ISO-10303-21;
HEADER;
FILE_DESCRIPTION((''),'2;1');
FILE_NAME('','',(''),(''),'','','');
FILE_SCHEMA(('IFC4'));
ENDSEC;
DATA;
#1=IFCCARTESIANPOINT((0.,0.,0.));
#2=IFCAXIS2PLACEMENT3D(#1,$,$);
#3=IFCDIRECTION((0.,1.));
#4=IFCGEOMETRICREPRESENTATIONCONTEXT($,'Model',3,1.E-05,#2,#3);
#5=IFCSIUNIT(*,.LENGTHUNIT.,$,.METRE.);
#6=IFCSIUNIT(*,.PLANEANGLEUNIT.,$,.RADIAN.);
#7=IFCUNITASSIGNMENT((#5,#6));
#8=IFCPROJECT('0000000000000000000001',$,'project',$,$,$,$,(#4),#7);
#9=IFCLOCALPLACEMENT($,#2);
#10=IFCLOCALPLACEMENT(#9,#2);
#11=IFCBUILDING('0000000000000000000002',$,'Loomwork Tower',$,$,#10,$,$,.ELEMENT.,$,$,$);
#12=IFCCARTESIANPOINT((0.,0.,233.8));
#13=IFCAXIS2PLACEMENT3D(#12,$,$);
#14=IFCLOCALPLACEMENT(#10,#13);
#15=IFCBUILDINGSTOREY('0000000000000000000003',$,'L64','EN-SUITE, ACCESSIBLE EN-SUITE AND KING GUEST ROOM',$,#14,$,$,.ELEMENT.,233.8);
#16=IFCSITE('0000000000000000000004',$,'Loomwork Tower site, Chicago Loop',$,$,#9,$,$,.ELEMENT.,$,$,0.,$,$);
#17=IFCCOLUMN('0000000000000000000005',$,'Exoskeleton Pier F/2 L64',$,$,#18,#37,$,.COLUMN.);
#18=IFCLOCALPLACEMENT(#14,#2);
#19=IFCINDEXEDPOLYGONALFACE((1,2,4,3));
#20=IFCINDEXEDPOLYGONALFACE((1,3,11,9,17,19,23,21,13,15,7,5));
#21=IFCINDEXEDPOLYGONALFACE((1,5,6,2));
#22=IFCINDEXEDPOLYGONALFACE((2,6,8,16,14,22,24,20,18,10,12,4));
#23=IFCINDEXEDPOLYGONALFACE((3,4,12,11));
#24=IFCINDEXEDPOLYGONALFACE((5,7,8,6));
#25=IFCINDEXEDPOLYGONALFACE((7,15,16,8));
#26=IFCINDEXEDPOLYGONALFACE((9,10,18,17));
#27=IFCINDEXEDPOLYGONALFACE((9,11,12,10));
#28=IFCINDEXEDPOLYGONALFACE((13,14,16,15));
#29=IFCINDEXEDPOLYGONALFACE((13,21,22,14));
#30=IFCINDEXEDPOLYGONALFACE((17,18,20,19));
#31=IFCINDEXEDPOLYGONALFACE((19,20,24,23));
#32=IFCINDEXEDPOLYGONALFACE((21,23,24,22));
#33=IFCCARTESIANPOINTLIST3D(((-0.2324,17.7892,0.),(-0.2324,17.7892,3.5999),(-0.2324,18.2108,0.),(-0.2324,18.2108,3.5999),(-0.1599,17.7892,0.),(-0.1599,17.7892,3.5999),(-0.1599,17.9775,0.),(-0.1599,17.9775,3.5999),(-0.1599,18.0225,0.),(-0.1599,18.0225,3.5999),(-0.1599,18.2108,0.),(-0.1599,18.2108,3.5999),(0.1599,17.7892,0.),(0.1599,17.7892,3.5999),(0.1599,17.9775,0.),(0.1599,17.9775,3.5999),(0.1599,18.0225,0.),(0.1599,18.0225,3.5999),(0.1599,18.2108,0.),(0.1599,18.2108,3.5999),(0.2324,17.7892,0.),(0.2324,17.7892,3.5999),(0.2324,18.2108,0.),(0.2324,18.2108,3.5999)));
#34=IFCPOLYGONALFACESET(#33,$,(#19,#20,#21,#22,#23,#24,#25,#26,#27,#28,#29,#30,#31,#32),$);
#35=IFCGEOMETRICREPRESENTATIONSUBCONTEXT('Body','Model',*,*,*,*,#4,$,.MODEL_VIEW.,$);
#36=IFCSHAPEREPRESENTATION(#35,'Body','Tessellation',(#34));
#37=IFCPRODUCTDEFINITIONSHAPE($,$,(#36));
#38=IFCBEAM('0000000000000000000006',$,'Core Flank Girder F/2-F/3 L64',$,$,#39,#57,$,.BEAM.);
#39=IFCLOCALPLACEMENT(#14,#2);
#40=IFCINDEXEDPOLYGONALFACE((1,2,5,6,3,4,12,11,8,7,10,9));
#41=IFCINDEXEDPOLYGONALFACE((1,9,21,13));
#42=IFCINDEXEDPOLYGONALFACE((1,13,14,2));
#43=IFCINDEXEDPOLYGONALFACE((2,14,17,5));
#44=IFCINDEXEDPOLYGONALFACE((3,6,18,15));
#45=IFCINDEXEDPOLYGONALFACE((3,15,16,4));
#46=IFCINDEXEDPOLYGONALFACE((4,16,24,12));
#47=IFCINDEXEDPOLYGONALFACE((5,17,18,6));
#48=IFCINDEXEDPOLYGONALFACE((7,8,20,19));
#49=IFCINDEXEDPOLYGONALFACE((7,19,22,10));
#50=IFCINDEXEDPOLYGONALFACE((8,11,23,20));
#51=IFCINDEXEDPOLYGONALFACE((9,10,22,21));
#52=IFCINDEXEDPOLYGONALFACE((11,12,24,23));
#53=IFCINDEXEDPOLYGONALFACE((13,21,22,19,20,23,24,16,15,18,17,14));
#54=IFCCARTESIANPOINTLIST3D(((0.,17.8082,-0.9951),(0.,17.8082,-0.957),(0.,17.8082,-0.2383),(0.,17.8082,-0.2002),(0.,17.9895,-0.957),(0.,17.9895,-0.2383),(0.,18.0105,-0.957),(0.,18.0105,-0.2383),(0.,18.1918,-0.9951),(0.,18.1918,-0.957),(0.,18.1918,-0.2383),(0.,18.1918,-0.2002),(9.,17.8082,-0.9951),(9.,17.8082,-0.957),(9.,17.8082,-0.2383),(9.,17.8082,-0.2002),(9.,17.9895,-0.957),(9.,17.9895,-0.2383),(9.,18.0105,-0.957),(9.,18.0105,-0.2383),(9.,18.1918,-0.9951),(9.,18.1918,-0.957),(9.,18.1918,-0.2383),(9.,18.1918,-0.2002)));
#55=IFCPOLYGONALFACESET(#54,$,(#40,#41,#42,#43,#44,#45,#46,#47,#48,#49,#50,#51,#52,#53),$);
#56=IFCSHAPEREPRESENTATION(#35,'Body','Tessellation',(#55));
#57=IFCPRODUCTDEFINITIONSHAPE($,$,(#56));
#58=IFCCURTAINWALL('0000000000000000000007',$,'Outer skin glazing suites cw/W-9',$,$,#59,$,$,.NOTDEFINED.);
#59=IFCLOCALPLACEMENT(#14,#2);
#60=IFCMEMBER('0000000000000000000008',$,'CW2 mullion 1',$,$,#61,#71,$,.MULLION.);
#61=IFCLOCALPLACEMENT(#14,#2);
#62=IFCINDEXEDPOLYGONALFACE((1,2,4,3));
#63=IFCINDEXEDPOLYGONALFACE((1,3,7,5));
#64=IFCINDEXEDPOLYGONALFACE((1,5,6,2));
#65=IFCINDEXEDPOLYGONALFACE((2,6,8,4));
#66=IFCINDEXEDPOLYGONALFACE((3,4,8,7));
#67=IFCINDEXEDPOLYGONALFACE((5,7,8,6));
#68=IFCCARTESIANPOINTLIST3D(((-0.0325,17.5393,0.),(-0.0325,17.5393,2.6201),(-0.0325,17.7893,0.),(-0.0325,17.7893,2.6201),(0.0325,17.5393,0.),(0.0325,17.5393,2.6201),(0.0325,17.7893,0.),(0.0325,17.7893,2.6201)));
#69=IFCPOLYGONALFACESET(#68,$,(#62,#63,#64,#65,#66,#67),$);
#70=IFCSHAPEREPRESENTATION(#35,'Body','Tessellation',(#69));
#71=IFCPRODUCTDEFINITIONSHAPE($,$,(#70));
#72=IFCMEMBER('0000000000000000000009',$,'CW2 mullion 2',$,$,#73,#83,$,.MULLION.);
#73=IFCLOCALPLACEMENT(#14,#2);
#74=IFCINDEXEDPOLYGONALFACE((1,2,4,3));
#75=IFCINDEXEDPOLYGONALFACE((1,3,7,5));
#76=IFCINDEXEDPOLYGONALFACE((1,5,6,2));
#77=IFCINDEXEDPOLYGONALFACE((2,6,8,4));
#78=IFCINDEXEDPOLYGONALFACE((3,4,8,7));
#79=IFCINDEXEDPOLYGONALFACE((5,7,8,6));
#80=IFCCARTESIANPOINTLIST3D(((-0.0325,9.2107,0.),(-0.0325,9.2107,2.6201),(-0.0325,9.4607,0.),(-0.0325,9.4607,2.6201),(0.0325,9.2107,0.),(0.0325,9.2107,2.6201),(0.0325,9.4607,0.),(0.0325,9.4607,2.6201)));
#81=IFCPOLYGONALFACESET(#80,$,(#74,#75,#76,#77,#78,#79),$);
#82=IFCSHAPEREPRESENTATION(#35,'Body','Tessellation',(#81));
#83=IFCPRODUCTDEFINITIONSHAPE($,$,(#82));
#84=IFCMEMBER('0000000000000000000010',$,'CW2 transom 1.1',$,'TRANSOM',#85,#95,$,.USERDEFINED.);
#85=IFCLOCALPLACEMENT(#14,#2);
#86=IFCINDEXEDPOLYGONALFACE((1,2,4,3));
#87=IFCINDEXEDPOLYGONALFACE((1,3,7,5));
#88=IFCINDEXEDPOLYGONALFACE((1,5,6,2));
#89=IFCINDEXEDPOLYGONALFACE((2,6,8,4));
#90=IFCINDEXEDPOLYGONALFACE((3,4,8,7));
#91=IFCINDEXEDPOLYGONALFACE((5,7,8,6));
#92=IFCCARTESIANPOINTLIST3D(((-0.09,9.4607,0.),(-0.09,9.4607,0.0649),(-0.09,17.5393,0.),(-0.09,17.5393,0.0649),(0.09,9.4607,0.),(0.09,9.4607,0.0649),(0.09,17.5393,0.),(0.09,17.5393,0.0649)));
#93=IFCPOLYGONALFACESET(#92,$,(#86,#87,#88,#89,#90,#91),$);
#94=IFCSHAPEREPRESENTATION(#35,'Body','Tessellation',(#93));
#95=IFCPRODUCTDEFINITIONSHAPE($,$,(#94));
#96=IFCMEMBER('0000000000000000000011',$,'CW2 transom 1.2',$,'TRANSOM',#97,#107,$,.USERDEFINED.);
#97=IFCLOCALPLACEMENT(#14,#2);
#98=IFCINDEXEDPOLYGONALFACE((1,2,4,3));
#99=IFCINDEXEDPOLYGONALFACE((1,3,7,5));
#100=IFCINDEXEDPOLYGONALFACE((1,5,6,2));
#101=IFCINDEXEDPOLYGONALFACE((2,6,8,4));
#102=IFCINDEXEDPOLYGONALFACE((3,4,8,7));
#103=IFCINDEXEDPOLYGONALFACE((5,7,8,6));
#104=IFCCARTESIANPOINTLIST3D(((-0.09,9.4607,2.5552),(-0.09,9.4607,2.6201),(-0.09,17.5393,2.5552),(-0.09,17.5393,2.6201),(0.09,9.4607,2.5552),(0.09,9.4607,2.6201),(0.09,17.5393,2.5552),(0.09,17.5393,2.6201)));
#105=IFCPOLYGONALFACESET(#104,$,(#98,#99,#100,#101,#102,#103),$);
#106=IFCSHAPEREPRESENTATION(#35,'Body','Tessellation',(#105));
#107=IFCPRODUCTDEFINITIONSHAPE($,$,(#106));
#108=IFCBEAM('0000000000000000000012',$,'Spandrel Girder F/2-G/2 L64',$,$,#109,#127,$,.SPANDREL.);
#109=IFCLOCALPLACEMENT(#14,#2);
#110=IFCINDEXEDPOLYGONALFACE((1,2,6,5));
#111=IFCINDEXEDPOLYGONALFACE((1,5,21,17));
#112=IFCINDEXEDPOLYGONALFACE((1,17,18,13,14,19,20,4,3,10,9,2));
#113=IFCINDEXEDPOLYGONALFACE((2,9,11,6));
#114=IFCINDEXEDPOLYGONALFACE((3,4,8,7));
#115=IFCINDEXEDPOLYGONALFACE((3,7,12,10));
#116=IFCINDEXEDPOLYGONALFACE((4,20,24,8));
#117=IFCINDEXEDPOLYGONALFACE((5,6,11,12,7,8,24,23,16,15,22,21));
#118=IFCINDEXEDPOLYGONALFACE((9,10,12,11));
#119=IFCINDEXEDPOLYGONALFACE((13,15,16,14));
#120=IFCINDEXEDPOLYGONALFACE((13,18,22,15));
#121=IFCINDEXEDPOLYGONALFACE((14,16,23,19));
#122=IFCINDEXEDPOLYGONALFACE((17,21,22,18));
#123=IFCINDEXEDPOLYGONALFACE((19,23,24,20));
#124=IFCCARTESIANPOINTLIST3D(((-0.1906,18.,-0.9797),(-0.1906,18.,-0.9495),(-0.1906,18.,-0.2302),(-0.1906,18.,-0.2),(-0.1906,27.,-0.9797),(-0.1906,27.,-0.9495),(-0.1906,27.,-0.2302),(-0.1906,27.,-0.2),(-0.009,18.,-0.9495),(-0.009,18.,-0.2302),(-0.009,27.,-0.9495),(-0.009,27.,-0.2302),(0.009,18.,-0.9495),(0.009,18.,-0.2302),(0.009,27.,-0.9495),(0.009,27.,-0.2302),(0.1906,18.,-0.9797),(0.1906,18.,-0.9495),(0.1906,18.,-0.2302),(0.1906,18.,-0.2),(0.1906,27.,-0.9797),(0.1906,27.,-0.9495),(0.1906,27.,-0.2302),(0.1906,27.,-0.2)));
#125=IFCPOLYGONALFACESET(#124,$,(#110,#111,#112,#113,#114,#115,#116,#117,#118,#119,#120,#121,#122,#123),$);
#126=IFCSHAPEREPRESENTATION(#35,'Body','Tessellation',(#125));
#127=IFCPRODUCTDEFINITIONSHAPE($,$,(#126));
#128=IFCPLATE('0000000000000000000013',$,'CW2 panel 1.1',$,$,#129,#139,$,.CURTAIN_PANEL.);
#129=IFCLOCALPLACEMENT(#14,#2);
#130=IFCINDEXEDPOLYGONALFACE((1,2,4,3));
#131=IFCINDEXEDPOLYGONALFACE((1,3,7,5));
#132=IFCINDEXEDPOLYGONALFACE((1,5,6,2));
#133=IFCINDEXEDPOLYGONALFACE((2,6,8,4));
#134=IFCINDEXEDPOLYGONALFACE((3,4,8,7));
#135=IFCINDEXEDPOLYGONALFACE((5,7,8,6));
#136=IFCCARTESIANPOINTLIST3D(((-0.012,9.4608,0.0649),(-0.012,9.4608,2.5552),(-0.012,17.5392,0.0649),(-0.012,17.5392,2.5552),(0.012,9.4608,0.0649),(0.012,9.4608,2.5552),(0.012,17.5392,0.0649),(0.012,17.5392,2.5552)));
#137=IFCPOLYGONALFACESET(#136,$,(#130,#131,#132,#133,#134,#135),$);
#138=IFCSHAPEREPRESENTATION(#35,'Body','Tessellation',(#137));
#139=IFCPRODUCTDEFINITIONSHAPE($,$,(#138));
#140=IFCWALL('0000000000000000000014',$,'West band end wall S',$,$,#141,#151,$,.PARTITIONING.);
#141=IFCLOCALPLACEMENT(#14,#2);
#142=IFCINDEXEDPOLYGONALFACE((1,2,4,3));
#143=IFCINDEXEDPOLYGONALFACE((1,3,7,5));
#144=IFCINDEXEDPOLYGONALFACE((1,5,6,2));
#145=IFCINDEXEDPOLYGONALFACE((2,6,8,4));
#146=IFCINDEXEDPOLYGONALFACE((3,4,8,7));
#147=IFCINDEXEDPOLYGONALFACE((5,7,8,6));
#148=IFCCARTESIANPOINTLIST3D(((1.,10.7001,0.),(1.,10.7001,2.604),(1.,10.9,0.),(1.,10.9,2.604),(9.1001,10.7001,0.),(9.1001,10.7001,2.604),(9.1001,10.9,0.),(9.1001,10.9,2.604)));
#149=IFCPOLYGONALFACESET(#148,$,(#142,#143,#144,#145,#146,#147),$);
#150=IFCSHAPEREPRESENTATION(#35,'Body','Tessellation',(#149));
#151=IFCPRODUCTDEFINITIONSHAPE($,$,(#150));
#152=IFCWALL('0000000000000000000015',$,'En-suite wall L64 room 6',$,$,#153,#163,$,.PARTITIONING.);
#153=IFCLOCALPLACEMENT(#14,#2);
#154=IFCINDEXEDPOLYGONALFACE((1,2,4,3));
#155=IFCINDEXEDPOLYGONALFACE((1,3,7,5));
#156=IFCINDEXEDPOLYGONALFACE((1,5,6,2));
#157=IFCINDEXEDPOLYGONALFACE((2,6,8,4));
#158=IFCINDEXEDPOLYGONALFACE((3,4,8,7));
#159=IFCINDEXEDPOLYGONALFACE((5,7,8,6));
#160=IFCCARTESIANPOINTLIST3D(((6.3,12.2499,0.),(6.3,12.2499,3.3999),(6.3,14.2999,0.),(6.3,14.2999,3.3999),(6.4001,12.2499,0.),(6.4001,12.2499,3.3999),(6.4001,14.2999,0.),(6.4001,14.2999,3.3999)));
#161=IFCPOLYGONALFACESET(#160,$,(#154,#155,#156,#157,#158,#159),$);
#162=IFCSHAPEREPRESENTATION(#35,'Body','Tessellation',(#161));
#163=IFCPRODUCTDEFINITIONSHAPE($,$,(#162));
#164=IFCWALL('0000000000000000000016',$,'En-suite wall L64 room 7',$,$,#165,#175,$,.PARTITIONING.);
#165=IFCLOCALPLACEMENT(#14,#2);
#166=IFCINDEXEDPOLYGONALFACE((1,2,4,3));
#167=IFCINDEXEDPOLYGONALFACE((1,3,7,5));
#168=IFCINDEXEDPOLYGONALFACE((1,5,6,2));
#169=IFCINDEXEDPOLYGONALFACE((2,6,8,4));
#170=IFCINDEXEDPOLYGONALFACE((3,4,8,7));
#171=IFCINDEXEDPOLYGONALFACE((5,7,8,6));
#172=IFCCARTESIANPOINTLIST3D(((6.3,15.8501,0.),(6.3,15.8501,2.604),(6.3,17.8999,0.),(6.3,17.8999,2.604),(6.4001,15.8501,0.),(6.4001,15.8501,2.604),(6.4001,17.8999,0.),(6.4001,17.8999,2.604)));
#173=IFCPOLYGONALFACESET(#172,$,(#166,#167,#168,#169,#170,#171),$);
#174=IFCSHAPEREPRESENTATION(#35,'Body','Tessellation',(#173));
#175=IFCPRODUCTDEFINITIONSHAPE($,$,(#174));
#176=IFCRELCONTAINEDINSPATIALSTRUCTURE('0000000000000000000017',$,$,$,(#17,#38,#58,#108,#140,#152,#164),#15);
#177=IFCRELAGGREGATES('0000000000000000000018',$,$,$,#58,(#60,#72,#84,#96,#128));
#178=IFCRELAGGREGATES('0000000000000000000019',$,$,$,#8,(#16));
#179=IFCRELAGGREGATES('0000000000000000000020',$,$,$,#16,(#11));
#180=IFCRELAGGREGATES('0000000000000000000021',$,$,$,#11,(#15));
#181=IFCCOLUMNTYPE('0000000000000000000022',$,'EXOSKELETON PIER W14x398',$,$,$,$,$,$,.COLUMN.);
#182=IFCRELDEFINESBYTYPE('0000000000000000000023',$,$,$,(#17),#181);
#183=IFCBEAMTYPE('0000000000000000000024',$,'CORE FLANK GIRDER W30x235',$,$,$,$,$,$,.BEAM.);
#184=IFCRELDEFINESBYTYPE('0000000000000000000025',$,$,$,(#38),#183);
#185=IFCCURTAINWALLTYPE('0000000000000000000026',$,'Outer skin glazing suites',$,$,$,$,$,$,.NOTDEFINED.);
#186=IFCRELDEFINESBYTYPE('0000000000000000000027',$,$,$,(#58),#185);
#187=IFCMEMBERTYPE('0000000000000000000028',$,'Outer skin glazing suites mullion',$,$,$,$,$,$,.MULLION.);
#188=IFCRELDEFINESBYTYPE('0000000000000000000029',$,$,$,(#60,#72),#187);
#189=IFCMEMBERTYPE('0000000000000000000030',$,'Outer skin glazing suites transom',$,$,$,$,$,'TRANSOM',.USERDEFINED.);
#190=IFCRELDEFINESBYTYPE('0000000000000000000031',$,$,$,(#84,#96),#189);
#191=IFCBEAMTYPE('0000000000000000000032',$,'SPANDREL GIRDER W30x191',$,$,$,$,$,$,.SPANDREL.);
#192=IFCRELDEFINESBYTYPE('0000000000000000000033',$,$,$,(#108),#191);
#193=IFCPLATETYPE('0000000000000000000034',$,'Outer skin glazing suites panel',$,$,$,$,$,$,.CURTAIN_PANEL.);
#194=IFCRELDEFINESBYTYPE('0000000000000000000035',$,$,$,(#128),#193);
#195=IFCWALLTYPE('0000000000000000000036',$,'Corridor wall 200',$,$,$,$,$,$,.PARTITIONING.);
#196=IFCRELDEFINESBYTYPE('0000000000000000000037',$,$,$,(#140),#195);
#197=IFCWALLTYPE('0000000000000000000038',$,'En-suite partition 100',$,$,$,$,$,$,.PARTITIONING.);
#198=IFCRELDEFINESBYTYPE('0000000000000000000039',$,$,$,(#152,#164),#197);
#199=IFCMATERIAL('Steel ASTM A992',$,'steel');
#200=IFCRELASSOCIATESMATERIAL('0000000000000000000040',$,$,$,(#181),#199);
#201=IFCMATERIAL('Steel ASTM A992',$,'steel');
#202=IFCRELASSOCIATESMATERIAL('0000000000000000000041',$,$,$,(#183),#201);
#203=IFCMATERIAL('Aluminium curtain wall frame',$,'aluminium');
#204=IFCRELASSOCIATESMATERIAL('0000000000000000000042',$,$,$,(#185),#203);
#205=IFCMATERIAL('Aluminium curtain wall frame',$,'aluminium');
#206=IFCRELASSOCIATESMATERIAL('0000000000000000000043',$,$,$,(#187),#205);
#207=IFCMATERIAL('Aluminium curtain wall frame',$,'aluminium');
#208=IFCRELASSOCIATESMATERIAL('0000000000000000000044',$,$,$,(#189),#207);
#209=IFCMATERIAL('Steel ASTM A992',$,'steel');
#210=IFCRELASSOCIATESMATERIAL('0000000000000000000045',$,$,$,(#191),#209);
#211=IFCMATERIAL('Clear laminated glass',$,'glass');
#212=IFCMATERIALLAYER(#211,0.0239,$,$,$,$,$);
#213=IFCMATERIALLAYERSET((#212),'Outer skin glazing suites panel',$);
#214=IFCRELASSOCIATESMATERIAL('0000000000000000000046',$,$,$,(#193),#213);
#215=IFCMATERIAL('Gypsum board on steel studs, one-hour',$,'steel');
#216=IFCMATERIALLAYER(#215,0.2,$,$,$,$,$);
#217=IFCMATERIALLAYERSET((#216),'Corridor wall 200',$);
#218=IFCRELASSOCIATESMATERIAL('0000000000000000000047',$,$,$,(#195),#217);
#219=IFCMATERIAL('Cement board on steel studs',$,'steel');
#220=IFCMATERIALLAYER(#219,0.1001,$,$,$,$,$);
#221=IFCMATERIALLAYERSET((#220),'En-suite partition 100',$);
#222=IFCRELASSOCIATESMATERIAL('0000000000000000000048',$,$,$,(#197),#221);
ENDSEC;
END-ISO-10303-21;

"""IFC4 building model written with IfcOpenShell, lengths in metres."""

from ifc_helpers import new_model, si_unit, direction, frame, frame_2d, origin, origin_2d, place, context, subcontext, project, spatial, rectangle, i_section, extrude, material, layer, layer_set, material_profile, profile_set, type_object, element, aggregate, save


model = new_model("IFC4")

# Units and contexts
model_context = context("Model", 3, precision=1e-05, world=origin(), true_north=direction((0.0, 1.0)))
body_context = subcontext(model_context, "Body", "Model", "MODEL_VIEW")
ifc_project = project(units=[si_unit("LENGTHUNIT", "METRE"), si_unit("PLANEANGLEUNIT", "RADIAN")], contexts=[model_context])

# Site, building, storey
site_placement = place(None, origin())
site = spatial("IfcSite", under=ifc_project, at=site_placement, Name="Loomwork Tower site, Chicago Loop", CompositionType="ELEMENT", RefElevation=0.0)
building_placement = place(site_placement, origin())
building = spatial("IfcBuilding", under=site, at=building_placement, Name="Loomwork Tower", CompositionType="ELEMENT")
storey_placement = place(building_placement, frame((0.0, 0.0, 233.8)))
storey = spatial("IfcBuildingStorey", under=building, at=storey_placement, Name="L64", Description="EN-SUITE, ACCESSIBLE EN-SUITE AND KING GUEST ROOM", CompositionType="ELEMENT", Elevation=233.8)

# Column
ifc_material_1 = material(Name="Steel ASTM A992", Category="steel")
ifc_material_profile_1 = material_profile(ifc_material_1, i_section(OverallWidth=0.4216, OverallDepth=0.4648, WebThickness=0.0449, FlangeThickness=0.0725, at=origin_2d()), Name="W14x398")
ifc_profile_set_1 = profile_set([ifc_material_profile_1], Name="Steel ASTM A992")
column_type = type_object("IfcColumnType", Name="EXOSKELETON PIER W14x398", PredefinedType="COLUMN", material=ifc_profile_set_1)
column_placement = place(storey_placement, frame((0.0, 18.0, 0.0), z_axis=(0.0, 0.0, 1.0), x_axis=(0.0, 1.0, 0.0)))
element("IfcColumn", 1, at=column_placement, inside=storey, type_object=column_type, Name="Exoskeleton Pier F/2 L64", PredefinedType="COLUMN", context=body_context, shape_type="SweptSolid", body=[
    extrude(i_section(OverallWidth=0.4216, OverallDepth=0.4648, WebThickness=0.0449, FlangeThickness=0.0725, at=origin_2d()), origin(), (0.0, 0.0, 1.0), 3.5999),
])

# Beam
ifc_material_2 = material(Name="Steel ASTM A992", Category="steel")
ifc_material_profile_2 = material_profile(ifc_material_2, i_section(OverallWidth=0.3835, OverallDepth=0.7949, WebThickness=0.021, FlangeThickness=0.0381, at=origin_2d()), Name="W30x235")
ifc_profile_set_2 = profile_set([ifc_material_profile_2], Name="Steel ASTM A992")
beam_type_1 = type_object("IfcBeamType", Name="CORE FLANK GIRDER W30x235", PredefinedType="BEAM", material=ifc_profile_set_2)
beam_1_placement = place(storey_placement, frame((0.0, 18.0, -0.5977), z_axis=(1.0, 0.0, 0.0), x_axis=(0.0, 1.0, 0.0)))
element("IfcBeam", 2, at=beam_1_placement, inside=storey, type_object=beam_type_1, Name="Core Flank Girder F/2-F/3 L64", PredefinedType="BEAM", context=body_context, shape_type="SweptSolid", body=[
    extrude(i_section(OverallWidth=0.3835, OverallDepth=0.7949, WebThickness=0.021, FlangeThickness=0.0381, at=origin_2d()), origin(), (0.0, 0.0, 1.0), 9.0),
])

# Curtain wall, members
ifc_material_3 = material(Name="Aluminium curtain wall frame", Category="aluminium")
curtain_wall_type = type_object("IfcCurtainWallType", Name="Outer skin glazing suites", PredefinedType="NOTDEFINED", material=ifc_material_3)
curtain_wall_placement = place(storey_placement, origin())
curtain_wall = element("IfcCurtainWall", 3, at=curtain_wall_placement, inside=storey, type_object=curtain_wall_type, Name="Outer skin glazing suites cw/W-9", PredefinedType="NOTDEFINED")
ifc_material_4 = material(Name="Aluminium curtain wall frame", Category="aluminium")
ifc_material_profile_3 = material_profile(ifc_material_4, rectangle(XDim=0.0649, YDim=0.25, at=origin_2d()), Name="AL 65x250")
ifc_profile_set_3 = profile_set([ifc_material_profile_3], Name="Aluminium curtain wall frame")
member_type_1 = type_object("IfcMemberType", Name="Outer skin glazing suites mullion", PredefinedType="MULLION", material=ifc_profile_set_3)
member_1_placement = place(storey_placement, frame((0.0, 17.6643, 0.0), z_axis=(0.0, 0.0, 1.0), x_axis=(1.0, 0.0, 0.0)))
member_1 = element("IfcMember", 4, at=member_1_placement, type_object=member_type_1, Name="CW2 mullion 1", PredefinedType="MULLION", context=body_context, shape_type="SweptSolid", body=[
    extrude(rectangle(XDim=0.0649, YDim=0.25, at=origin_2d()), origin(), (0.0, 0.0, 1.0), 2.6201),
])
member_2_placement = place(storey_placement, frame((0.0, 9.3357, 0.0), z_axis=(0.0, 0.0, 1.0), x_axis=(1.0, 0.0, 0.0)))
member_2 = element("IfcMember", 5, at=member_2_placement, type_object=member_type_1, Name="CW2 mullion 2", PredefinedType="MULLION", context=body_context, shape_type="SweptSolid", body=[
    extrude(rectangle(XDim=0.0649, YDim=0.25, at=origin_2d()), origin(), (0.0, 0.0, 1.0), 2.6201),
])
ifc_material_5 = material(Name="Aluminium curtain wall frame", Category="aluminium")
ifc_material_profile_4 = material_profile(ifc_material_5, rectangle(XDim=0.1799, YDim=0.0649, at=origin_2d()), Name="AL 65x180")
ifc_profile_set_4 = profile_set([ifc_material_profile_4], Name="Aluminium curtain wall frame")
member_type_2 = type_object("IfcMemberType", Name="Outer skin glazing suites transom", ElementType="TRANSOM", PredefinedType="USERDEFINED", material=ifc_profile_set_4)
member_3_placement = place(storey_placement, frame((0.0, 17.5393, 0.0325), z_axis=(0.0, -1.0, 0.0), x_axis=(1.0, 0.0, 0.0)))
member_3 = element("IfcMember", 6, at=member_3_placement, type_object=member_type_2, Name="CW2 transom 1.1", ObjectType="TRANSOM", PredefinedType="USERDEFINED", context=body_context, shape_type="SweptSolid", body=[
    extrude(rectangle(XDim=0.1799, YDim=0.0649, at=origin_2d()), origin(), (0.0, 0.0, 1.0), 8.0786),
])
member_4_placement = place(storey_placement, frame((0.0, 17.5393, 2.5876), z_axis=(0.0, -1.0, 0.0), x_axis=(1.0, 0.0, 0.0)))
member_4 = element("IfcMember", 7, at=member_4_placement, type_object=member_type_2, Name="CW2 transom 1.2", ObjectType="TRANSOM", PredefinedType="USERDEFINED", context=body_context, shape_type="SweptSolid", body=[
    extrude(rectangle(XDim=0.1799, YDim=0.0649, at=origin_2d()), origin(), (0.0, 0.0, 1.0), 8.0786),
])

# Beam
ifc_material_6 = material(Name="Steel ASTM A992", Category="steel")
ifc_material_profile_5 = material_profile(ifc_material_6, i_section(OverallWidth=0.3811, OverallDepth=0.7798, WebThickness=0.0181, FlangeThickness=0.0303, at=origin_2d()), Name="W30x191")
ifc_profile_set_5 = profile_set([ifc_material_profile_5], Name="Steel ASTM A992")
beam_type_2 = type_object("IfcBeamType", Name="SPANDREL GIRDER W30x191", PredefinedType="SPANDREL", material=ifc_profile_set_5)
beam_2_placement = place(storey_placement, frame((0.0, 18.0, -0.5898), z_axis=(0.0, 1.0, 0.0), x_axis=(-1.0, 0.0, 0.0)))
element("IfcBeam", 8, at=beam_2_placement, inside=storey, type_object=beam_type_2, Name="Spandrel Girder F/2-G/2 L64", PredefinedType="SPANDREL", context=body_context, shape_type="SweptSolid", body=[
    extrude(i_section(OverallWidth=0.3811, OverallDepth=0.7798, WebThickness=0.0181, FlangeThickness=0.0303, at=origin_2d()), origin(), (0.0, 0.0, 1.0), 9.0),
])

# Plate
ifc_material_7 = material(Name="Clear laminated glass", Category="glass")
ifc_layer_1 = layer(ifc_material_7, 0.0239)
ifc_layer_set_1 = layer_set([ifc_layer_1], Name="Outer skin glazing suites panel")
plate_type = type_object("IfcPlateType", Name="Outer skin glazing suites panel", PredefinedType="CURTAIN_PANEL", material=ifc_layer_set_1)
plate_placement = place(storey_placement, frame((0.0, 13.5, 0.0649), z_axis=(0.0, 0.0, 1.0), x_axis=(0.0, -1.0, 0.0)))
plate = element("IfcPlate", 9, at=plate_placement, type_object=plate_type, Name="CW2 panel 1.1", PredefinedType="CURTAIN_PANEL", context=body_context, shape_type="SweptSolid", body=[
    extrude(rectangle(XDim=8.0784, YDim=0.0239, at=origin_2d()), origin(), (0.0, 0.0, 1.0), 2.4902),
])
aggregate(curtain_wall, [member_1, member_2, member_3, member_4, plate])

# Walls
ifc_material_8 = material(Name="Gypsum board on steel studs, one-hour", Category="steel")
ifc_layer_2 = layer(ifc_material_8, 0.2)
ifc_layer_set_2 = layer_set([ifc_layer_2], Name="Corridor wall 200")
wall_type_1 = type_object("IfcWallType", Name="Corridor wall 200", PredefinedType="PARTITIONING", material=ifc_layer_set_2)
wall_1_placement = place(storey_placement, frame((1.0, 10.8, 0.0), z_axis=(0.0, 0.0, 1.0), x_axis=(1.0, 0.0, 0.0)))
element("IfcWall", 10, at=wall_1_placement, inside=storey, type_object=wall_type_1, Name="West band end wall S", PredefinedType="PARTITIONING", context=body_context, shape_type="SweptSolid", body=[
    extrude(rectangle(XDim=8.1001, YDim=0.2, at=frame_2d((4.05, 0.0))), origin(), (0.0, 0.0, 1.0), 2.604),
])
ifc_material_9 = material(Name="Cement board on steel studs", Category="steel")
ifc_layer_3 = layer(ifc_material_9, 0.1001)
ifc_layer_set_3 = layer_set([ifc_layer_3], Name="En-suite partition 100")
wall_type_2 = type_object("IfcWallType", Name="En-suite partition 100", PredefinedType="PARTITIONING", material=ifc_layer_set_3)
wall_2_placement = place(storey_placement, frame((6.3501, 12.25, 0.0), z_axis=(0.0, 0.0, 1.0), x_axis=(0.0, 1.0, 0.0)))
element("IfcWall", 11, at=wall_2_placement, inside=storey, type_object=wall_type_2, Name="En-suite wall L64 room 6", PredefinedType="PARTITIONING", context=body_context, shape_type="SweptSolid", body=[
    extrude(rectangle(XDim=2.05, YDim=0.1001, at=frame_2d((1.0249, 0.0))), origin(), (0.0, 0.0, 1.0), 3.3999),
])
wall_3_placement = place(storey_placement, frame((6.3501, 15.8501, 0.0), z_axis=(0.0, 0.0, 1.0), x_axis=(0.0, 1.0, 0.0)))
element("IfcWall", 12, at=wall_3_placement, inside=storey, type_object=wall_type_2, Name="En-suite wall L64 room 7", PredefinedType="PARTITIONING", context=body_context, shape_type="SweptSolid", body=[
    extrude(rectangle(XDim=2.0498, YDim=0.1001, at=frame_2d((1.0249, 0.0))), origin(), (0.0, 0.0, 1.0), 2.604),
])

save(model, "model.ifc")
